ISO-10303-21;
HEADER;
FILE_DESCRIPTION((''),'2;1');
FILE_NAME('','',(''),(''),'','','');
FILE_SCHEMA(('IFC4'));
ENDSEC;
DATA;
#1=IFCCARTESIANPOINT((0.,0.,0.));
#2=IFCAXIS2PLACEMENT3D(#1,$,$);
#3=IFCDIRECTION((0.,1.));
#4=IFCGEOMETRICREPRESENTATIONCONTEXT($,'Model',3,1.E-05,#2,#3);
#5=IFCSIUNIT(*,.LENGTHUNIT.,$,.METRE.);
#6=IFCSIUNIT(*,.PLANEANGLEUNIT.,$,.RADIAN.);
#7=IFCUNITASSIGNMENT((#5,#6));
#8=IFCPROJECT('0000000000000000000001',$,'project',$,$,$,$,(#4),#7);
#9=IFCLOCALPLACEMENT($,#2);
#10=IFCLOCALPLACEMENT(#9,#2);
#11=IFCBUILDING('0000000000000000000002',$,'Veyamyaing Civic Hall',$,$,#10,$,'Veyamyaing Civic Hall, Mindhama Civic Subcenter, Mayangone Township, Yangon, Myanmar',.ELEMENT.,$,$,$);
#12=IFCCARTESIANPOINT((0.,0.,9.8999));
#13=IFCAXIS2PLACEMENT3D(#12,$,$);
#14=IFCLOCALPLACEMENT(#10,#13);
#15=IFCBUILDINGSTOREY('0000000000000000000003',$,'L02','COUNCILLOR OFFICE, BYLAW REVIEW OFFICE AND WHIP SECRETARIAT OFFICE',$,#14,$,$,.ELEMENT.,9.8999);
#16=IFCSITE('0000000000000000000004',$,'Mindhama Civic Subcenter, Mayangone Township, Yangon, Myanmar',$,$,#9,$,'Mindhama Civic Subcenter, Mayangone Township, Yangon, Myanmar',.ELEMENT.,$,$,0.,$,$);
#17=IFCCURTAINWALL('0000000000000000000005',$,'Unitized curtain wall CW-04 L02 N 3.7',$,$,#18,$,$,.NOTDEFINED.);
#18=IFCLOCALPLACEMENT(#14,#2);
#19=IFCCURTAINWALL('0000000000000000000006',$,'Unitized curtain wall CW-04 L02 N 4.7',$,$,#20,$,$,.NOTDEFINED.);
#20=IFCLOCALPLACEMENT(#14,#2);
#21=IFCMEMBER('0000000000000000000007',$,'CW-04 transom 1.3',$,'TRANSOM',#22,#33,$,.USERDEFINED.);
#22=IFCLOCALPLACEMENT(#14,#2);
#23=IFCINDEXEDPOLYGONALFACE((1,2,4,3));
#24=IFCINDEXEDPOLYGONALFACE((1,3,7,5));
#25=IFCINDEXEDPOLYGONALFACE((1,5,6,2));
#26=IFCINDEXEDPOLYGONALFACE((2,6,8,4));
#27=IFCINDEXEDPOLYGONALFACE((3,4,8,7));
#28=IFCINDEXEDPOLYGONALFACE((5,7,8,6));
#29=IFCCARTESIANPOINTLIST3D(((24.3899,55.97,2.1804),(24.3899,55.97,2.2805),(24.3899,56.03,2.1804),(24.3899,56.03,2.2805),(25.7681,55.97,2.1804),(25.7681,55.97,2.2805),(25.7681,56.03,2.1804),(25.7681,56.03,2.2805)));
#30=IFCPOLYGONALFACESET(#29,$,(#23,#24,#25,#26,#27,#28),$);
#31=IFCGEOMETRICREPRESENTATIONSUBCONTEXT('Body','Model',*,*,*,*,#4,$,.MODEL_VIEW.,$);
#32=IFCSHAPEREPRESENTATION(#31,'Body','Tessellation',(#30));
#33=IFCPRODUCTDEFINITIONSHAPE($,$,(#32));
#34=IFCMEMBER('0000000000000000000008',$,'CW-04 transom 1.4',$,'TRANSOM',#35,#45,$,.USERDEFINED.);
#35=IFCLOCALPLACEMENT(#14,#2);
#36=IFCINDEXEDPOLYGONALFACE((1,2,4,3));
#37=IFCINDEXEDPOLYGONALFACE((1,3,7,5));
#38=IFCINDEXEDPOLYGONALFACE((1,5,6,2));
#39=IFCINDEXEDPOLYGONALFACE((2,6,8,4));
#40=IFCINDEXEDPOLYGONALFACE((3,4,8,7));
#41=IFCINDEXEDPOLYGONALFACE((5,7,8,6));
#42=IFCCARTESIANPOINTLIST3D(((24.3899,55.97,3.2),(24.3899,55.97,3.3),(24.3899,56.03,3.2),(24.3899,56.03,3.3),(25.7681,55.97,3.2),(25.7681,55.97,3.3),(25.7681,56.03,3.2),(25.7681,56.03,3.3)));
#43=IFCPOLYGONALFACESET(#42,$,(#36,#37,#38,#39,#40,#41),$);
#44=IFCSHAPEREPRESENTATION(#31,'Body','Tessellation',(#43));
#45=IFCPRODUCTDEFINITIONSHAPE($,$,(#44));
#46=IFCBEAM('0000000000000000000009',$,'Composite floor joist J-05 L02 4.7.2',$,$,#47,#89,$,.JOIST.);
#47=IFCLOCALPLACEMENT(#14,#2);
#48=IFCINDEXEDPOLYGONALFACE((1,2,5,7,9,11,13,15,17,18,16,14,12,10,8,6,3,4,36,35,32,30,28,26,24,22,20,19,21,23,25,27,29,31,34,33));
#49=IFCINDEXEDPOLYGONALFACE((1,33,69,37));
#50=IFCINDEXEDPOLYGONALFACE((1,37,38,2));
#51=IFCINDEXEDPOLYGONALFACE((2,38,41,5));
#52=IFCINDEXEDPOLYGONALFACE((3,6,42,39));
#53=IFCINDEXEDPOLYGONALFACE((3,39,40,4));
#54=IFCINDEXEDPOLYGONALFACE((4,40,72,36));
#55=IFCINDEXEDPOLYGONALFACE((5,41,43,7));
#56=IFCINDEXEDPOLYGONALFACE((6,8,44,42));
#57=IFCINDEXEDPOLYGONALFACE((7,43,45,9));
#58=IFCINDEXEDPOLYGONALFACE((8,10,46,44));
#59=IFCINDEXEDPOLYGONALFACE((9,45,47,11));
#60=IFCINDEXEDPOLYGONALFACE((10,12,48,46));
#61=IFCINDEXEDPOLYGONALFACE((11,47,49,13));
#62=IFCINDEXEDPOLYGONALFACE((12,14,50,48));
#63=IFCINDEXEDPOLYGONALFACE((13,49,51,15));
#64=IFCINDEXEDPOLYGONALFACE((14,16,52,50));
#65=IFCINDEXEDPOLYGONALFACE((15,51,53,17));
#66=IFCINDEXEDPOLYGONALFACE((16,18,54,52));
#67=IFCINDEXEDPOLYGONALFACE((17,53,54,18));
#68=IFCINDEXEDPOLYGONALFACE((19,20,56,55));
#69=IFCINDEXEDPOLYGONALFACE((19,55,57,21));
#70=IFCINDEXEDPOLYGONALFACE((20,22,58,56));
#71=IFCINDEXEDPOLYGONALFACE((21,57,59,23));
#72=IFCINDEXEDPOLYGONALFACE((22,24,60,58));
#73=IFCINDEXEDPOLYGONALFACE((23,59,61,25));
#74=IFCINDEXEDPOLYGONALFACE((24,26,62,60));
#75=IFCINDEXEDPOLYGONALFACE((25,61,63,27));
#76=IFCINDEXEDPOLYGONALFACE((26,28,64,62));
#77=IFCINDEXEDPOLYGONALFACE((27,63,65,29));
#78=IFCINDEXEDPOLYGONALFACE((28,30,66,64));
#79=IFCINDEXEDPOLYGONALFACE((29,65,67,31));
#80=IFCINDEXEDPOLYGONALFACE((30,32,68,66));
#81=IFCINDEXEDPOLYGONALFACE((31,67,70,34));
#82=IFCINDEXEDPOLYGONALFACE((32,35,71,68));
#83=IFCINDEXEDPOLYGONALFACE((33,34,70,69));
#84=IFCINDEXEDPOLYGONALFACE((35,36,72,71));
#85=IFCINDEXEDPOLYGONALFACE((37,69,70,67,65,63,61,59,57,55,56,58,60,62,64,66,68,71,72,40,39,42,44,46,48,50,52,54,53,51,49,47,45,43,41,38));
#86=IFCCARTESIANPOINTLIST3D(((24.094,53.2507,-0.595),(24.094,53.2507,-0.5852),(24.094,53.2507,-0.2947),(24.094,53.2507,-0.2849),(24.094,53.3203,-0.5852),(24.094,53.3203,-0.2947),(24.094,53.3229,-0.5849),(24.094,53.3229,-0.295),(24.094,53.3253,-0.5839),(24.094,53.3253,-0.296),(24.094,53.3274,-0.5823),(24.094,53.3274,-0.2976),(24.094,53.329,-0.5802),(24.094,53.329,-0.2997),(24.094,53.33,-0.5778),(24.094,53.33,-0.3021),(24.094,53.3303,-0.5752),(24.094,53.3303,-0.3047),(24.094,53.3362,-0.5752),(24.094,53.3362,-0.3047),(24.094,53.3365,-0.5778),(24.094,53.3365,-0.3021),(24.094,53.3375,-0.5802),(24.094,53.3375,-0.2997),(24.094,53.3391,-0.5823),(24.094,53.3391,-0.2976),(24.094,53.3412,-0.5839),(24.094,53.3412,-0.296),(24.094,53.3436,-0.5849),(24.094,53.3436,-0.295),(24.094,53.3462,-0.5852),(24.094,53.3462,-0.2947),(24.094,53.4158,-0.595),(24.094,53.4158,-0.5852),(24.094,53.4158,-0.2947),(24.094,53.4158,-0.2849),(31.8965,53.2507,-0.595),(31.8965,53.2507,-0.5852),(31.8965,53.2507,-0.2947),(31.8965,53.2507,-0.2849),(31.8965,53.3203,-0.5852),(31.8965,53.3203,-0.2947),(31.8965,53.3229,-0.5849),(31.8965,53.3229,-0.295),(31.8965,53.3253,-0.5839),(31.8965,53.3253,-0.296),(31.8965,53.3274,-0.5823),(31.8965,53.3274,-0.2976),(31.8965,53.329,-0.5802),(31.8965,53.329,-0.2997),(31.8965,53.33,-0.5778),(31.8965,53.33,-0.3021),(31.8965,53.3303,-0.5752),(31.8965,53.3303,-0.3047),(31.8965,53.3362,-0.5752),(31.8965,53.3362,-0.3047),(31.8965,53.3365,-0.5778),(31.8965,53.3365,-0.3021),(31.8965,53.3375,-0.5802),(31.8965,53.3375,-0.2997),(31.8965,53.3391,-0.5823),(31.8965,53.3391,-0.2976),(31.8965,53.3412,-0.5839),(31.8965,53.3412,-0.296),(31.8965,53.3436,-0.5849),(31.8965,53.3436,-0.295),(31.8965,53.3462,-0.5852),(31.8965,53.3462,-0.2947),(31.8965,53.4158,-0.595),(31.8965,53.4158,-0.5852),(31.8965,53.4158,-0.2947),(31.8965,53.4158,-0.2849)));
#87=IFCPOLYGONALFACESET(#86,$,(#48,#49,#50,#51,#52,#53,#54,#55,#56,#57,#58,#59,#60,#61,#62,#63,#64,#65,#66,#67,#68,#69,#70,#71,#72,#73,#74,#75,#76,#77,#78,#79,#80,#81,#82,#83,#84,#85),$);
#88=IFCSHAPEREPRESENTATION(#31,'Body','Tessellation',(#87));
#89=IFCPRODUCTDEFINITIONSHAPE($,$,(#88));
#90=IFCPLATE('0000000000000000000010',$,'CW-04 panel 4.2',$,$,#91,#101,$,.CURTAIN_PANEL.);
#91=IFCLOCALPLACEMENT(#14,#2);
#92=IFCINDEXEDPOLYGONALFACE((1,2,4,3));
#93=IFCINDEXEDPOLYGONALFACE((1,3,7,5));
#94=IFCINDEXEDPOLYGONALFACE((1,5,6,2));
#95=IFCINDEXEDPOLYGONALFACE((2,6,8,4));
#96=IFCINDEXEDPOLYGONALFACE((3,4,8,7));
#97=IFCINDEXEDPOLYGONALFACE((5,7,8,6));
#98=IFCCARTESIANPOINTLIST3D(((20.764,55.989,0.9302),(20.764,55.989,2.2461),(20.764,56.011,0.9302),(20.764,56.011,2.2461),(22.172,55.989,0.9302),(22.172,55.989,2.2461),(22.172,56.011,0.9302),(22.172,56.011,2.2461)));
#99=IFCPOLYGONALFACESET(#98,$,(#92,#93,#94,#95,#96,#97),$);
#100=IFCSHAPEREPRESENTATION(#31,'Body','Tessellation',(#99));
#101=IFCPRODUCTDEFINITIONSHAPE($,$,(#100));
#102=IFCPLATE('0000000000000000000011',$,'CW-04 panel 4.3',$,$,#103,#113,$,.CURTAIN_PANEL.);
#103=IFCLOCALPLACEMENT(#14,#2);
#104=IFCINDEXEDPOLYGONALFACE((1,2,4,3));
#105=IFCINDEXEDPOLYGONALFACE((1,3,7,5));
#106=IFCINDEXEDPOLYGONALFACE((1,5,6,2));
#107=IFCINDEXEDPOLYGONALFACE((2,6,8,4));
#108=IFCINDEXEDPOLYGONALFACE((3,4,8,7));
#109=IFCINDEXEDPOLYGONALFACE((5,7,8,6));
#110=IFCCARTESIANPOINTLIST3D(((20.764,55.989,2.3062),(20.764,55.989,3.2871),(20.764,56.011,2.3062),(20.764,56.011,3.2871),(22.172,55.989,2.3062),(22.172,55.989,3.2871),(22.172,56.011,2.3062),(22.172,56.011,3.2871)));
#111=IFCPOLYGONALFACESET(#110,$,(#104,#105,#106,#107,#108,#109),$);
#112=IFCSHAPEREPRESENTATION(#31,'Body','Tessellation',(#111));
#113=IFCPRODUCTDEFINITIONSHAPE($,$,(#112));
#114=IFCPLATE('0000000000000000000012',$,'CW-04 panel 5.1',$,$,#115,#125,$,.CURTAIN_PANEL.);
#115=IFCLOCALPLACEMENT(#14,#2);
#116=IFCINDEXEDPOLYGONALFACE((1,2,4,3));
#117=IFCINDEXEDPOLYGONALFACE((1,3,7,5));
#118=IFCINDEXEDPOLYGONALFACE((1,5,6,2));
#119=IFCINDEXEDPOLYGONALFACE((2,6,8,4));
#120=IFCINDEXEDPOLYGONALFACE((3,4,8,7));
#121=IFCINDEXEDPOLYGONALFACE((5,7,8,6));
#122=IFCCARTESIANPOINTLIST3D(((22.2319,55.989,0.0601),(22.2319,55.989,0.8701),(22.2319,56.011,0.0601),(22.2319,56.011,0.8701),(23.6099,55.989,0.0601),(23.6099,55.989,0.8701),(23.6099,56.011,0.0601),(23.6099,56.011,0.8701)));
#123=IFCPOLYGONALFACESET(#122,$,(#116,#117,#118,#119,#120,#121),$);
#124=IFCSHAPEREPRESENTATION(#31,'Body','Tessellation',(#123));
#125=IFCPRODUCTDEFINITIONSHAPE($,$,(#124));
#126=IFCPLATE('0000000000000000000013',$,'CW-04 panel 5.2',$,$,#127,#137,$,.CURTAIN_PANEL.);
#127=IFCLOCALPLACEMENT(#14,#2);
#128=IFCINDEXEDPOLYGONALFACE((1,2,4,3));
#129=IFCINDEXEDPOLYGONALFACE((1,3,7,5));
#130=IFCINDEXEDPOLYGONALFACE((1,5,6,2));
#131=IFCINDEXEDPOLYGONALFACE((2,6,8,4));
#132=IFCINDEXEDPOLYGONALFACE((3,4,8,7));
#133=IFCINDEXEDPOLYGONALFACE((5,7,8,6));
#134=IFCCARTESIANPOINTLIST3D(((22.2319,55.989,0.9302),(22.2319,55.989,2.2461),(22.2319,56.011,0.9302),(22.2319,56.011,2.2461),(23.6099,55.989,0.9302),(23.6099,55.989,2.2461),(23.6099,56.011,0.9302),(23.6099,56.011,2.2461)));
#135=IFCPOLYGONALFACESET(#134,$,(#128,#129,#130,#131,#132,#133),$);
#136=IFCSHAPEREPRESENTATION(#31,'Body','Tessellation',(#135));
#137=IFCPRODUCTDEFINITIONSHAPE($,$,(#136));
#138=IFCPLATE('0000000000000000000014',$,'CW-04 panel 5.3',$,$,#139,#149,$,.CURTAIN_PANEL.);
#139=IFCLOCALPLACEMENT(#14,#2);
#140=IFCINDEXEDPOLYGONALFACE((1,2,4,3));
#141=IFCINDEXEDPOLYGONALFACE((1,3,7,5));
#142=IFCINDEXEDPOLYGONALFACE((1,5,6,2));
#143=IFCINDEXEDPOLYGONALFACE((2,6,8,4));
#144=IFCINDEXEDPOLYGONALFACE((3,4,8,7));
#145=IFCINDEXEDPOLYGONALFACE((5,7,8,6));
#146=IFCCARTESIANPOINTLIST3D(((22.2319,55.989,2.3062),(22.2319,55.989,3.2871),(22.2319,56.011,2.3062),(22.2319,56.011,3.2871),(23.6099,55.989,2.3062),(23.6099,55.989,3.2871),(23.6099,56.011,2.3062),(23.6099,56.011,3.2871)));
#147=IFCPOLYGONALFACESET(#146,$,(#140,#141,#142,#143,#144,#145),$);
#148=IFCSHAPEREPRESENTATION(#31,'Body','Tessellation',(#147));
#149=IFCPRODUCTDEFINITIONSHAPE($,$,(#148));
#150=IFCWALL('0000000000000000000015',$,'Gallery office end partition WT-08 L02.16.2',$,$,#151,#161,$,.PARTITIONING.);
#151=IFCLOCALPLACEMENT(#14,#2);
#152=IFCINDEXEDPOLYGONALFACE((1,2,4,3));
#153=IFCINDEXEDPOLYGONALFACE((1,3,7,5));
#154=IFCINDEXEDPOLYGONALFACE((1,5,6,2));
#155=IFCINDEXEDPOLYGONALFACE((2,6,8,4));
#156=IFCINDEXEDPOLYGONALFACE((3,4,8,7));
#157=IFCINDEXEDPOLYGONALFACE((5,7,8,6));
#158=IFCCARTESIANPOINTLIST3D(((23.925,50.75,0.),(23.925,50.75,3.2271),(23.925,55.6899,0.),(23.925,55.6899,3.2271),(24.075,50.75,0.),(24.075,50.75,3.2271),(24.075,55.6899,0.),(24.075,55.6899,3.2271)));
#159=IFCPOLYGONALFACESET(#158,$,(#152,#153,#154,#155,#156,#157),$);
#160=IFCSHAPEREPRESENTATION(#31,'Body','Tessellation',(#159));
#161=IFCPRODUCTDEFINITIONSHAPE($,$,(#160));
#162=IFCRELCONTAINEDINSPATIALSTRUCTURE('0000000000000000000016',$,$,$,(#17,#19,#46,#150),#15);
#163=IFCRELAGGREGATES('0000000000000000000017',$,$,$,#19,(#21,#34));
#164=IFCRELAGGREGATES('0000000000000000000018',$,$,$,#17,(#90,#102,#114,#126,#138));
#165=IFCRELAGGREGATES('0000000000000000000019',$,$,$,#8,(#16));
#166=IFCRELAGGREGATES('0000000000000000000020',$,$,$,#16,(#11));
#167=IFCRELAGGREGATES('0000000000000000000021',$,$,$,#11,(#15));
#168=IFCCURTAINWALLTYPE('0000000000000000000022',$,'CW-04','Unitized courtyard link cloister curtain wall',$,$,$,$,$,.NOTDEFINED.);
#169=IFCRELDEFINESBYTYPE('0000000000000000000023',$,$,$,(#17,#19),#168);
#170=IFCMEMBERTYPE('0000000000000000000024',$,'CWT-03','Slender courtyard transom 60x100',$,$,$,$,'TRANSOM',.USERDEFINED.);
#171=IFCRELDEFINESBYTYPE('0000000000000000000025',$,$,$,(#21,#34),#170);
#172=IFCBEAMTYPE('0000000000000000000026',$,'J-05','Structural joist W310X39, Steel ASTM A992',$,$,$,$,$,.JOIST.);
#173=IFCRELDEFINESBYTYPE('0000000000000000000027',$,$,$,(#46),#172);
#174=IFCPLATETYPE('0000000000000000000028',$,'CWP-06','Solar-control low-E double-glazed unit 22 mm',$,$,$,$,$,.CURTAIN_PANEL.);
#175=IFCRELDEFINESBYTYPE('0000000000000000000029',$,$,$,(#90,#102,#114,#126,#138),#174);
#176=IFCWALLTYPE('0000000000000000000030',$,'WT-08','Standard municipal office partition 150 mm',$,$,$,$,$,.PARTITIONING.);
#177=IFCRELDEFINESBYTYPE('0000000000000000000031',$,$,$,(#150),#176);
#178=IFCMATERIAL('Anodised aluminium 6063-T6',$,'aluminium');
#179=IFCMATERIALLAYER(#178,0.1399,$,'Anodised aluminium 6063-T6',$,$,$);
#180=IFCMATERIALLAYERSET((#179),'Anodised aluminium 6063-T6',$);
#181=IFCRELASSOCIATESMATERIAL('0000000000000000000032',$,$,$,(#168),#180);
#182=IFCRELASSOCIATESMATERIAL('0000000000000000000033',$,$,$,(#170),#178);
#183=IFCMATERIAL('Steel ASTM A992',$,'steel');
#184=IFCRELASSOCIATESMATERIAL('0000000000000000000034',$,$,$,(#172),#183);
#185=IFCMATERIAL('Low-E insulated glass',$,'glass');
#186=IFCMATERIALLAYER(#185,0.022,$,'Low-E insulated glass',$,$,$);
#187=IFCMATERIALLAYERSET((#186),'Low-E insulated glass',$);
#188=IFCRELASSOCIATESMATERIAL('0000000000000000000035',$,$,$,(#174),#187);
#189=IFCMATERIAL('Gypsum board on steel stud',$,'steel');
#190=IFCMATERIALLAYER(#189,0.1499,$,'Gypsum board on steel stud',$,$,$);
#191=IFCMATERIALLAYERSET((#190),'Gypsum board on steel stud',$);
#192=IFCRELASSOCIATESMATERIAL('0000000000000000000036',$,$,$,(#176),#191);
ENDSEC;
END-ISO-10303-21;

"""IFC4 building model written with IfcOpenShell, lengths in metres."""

from ifc_helpers import new_model, si_unit, direction, frame, frame_2d, origin, origin_2d, place, context, subcontext, project, spatial, rectangle, i_section, extrude, material, layer, layer_set, material_profile, profile_set, type_object, element, aggregate, save


model = new_model("IFC4")

# Units and contexts
model_context = context("Model", 3, precision=1e-05, world=origin(), true_north=direction((0.0, 1.0)))
body_context = subcontext(model_context, "Body", "Model", "MODEL_VIEW")
ifc_project = project(units=[si_unit("LENGTHUNIT", "METRE"), si_unit("PLANEANGLEUNIT", "RADIAN")], contexts=[model_context])

# Site, building, storey
site_placement = place(None, origin())
site = spatial("IfcSite", under=ifc_project, at=site_placement, Name="Mindhama Civic Subcenter, Mayangone Township, Yangon, Myanmar", LongName="Mindhama Civic Subcenter, Mayangone Township, Yangon, Myanmar", CompositionType="ELEMENT", RefElevation=0.0)
building_placement = place(site_placement, origin())
building = spatial("IfcBuilding", under=site, at=building_placement, Name="Veyamyaing Civic Hall", LongName="Veyamyaing Civic Hall, Mindhama Civic Subcenter, Mayangone Township, Yangon, Myanmar", CompositionType="ELEMENT")
storey_placement = place(building_placement, frame((0.0, 0.0, 9.8999)))
storey = spatial("IfcBuildingStorey", under=building, at=storey_placement, Name="L02", Description="COUNCILLOR OFFICE, BYLAW REVIEW OFFICE AND WHIP SECRETARIAT OFFICE", CompositionType="ELEMENT", Elevation=9.8999)

# Shared definitions
ifc_material_1 = material(Name="Steel ASTM A992", Category="steel")

# Curtain wall
ifc_material_2 = material(Name="Anodised aluminium 6063-T6", Category="aluminium")
ifc_layer_1 = layer(ifc_material_2, 0.1399, Name="Anodised aluminium 6063-T6")
ifc_layer_set_1 = layer_set([ifc_layer_1], Name="Anodised aluminium 6063-T6")
curtain_wall_type = type_object("IfcCurtainWallType", Name="CW-04", Description="Unitized courtyard link cloister curtain wall", PredefinedType="NOTDEFINED", material=ifc_layer_set_1)
curtain_wall_1_placement = place(storey_placement, origin())
curtain_wall_1 = element("IfcCurtainWall", 1, at=curtain_wall_1_placement, inside=storey, type_object=curtain_wall_type, Name="Unitized curtain wall CW-04 L02 N 3.7", PredefinedType="NOTDEFINED")

# Curtain wall
curtain_wall_2_placement = place(storey_placement, origin())
curtain_wall_2 = element("IfcCurtainWall", 2, at=curtain_wall_2_placement, inside=storey, type_object=curtain_wall_type, Name="Unitized curtain wall CW-04 L02 N 4.7", PredefinedType="NOTDEFINED")

# Members
ifc_material_profile_1 = material_profile(ifc_material_2, rectangle(XDim=0.0601, YDim=0.1001, at=origin_2d()), Name="ALU-TRN-60X100")
ifc_profile_set_1 = profile_set([ifc_material_profile_1], Name="Anodised aluminium 6063-T6")
member_type_1 = type_object("IfcMemberType", Name="CWT-03", Description="Slender courtyard transom 60x100", ElementType="TRANSOM", PredefinedType="USERDEFINED", material=ifc_profile_set_1)
member_1_placement = place(storey_placement, frame((24.3899, 56.0, 2.2305), z_axis=(1.0, 0.0, 0.0), x_axis=(0.0, 1.0, 0.0)))
member_1 = element("IfcMember", 3, at=member_1_placement, type_object=member_type_1, Name="CW-04 transom 1.3", ObjectType="TRANSOM", PredefinedType="USERDEFINED", context=body_context, shape_type="SweptSolid", body=[
    extrude(rectangle(XDim=0.0601, YDim=0.1001, at=origin_2d()), origin(), (0.0, 0.0, 1.0), 1.3782),
])
member_2_placement = place(storey_placement, frame((24.3899, 56.0, 3.25), z_axis=(1.0, 0.0, 0.0), x_axis=(0.0, 1.0, 0.0)))
member_2 = element("IfcMember", 4, at=member_2_placement, type_object=member_type_1, Name="CW-04 transom 1.4", ObjectType="TRANSOM", PredefinedType="USERDEFINED", context=body_context, shape_type="SweptSolid", body=[
    extrude(rectangle(XDim=0.0601, YDim=0.1001, at=origin_2d()), origin(), (0.0, 0.0, 1.0), 1.3782),
])
aggregate(curtain_wall_2, [member_1, member_2])

# Beam
ifc_material_profile_2 = material_profile(ifc_material_1, i_section(OverallWidth=0.165, OverallDepth=0.3101, WebThickness=0.0059, FlangeThickness=0.0098, FilletRadius=0.01, at=origin_2d()), Name="W310X39")
ifc_profile_set_2 = profile_set([ifc_material_profile_2], Name="Steel ASTM A992")
beam_type_1 = type_object("IfcBeamType", Name="J-05", Description="Structural joist W310X39, Steel ASTM A992", PredefinedType="JOIST", material=ifc_profile_set_2)
beam_1_placement = place(storey_placement, frame((24.094, 53.3333, -0.4399), z_axis=(1.0, 0.0, 0.0), x_axis=(0.0, 1.0, 0.0)))
element("IfcBeam", 5, at=beam_1_placement, inside=storey, type_object=beam_type_1, Name="Composite floor joist J-05 L02 4.7.2", PredefinedType="JOIST", context=body_context, shape_type="SweptSolid", body=[
    extrude(i_section(OverallWidth=0.165, OverallDepth=0.3101, WebThickness=0.0059, FlangeThickness=0.0098, FilletRadius=0.01, at=origin_2d()), origin(), (0.0, 0.0, 1.0), 7.8025),
])

# Plates
ifc_material_3 = material(Name="Low-E insulated glass", Category="glass")
ifc_layer_2 = layer(ifc_material_3, 0.022, Name="Low-E insulated glass")
ifc_layer_set_2 = layer_set([ifc_layer_2], Name="Low-E insulated glass")
plate_type = type_object("IfcPlateType", Name="CWP-06", Description="Solar-control low-E double-glazed unit 22 mm", PredefinedType="CURTAIN_PANEL", material=ifc_layer_set_2)
plate_1_placement = place(storey_placement, frame((21.468, 56.0, 0.9302), z_axis=(0.0, 0.0, 1.0), x_axis=(1.0, 0.0, 0.0)))
plate_1 = element("IfcPlate", 6, at=plate_1_placement, type_object=plate_type, Name="CW-04 panel 4.2", PredefinedType="CURTAIN_PANEL", context=body_context, shape_type="SweptSolid", body=[
    extrude(rectangle(XDim=1.408, YDim=0.022, at=origin_2d()), origin(), (0.0, 0.0, 1.0), 1.3159),
])
plate_2_placement = place(storey_placement, frame((21.468, 56.0, 2.3062), z_axis=(0.0, 0.0, 1.0), x_axis=(1.0, 0.0, 0.0)))
plate_2 = element("IfcPlate", 7, at=plate_2_placement, type_object=plate_type, Name="CW-04 panel 4.3", PredefinedType="CURTAIN_PANEL", context=body_context, shape_type="SweptSolid", body=[
    extrude(rectangle(XDim=1.408, YDim=0.022, at=origin_2d()), origin(), (0.0, 0.0, 1.0), 0.981),
])
plate_3_placement = place(storey_placement, frame((22.9209, 56.0, 0.0601), z_axis=(0.0, 0.0, 1.0), x_axis=(1.0, 0.0, 0.0)))
plate_3 = element("IfcPlate", 8, at=plate_3_placement, type_object=plate_type, Name="CW-04 panel 5.1", PredefinedType="CURTAIN_PANEL", context=body_context, shape_type="SweptSolid", body=[
    extrude(rectangle(XDim=1.3779, YDim=0.022, at=origin_2d()), origin(), (0.0, 0.0, 1.0), 0.8101),
])
plate_4_placement = place(storey_placement, frame((22.9209, 56.0, 0.9302), z_axis=(0.0, 0.0, 1.0), x_axis=(1.0, 0.0, 0.0)))
plate_4 = element("IfcPlate", 9, at=plate_4_placement, type_object=plate_type, Name="CW-04 panel 5.2", PredefinedType="CURTAIN_PANEL", context=body_context, shape_type="SweptSolid", body=[
    extrude(rectangle(XDim=1.3779, YDim=0.022, at=origin_2d()), origin(), (0.0, 0.0, 1.0), 1.3159),
])
plate_5_placement = place(storey_placement, frame((22.9209, 56.0, 2.3062), z_axis=(0.0, 0.0, 1.0), x_axis=(1.0, 0.0, 0.0)))
plate_5 = element("IfcPlate", 10, at=plate_5_placement, type_object=plate_type, Name="CW-04 panel 5.3", PredefinedType="CURTAIN_PANEL", context=body_context, shape_type="SweptSolid", body=[
    extrude(rectangle(XDim=1.3779, YDim=0.022, at=origin_2d()), origin(), (0.0, 0.0, 1.0), 0.981),
])
aggregate(curtain_wall_1, [plate_1, plate_2, plate_3, plate_4, plate_5])

# Wall
ifc_material_4 = material(Name="Gypsum board on steel stud", Category="steel")
ifc_layer_3 = layer(ifc_material_4, 0.1499, Name="Gypsum board on steel stud")
ifc_layer_set_3 = layer_set([ifc_layer_3], Name="Gypsum board on steel stud")
wall_type_1 = type_object("IfcWallType", Name="WT-08", Description="Standard municipal office partition 150 mm", PredefinedType="PARTITIONING", material=ifc_layer_set_3)
wall_1_placement = place(storey_placement, frame((24.0, 50.75, 0.0), z_axis=(0.0, 0.0, 1.0), x_axis=(0.0, 1.0, 0.0)))
element("IfcWall", 11, at=wall_1_placement, inside=storey, type_object=wall_type_1, Name="Gallery office end partition WT-08 L02.16.2", PredefinedType="PARTITIONING", context=body_context, shape_type="SweptSolid", body=[
    extrude(rectangle(XDim=4.9399, YDim=0.1499, at=frame_2d((2.47, 0.0))), origin(), (0.0, 0.0, 1.0), 3.2271),
])

save(model, "model.ifc")
